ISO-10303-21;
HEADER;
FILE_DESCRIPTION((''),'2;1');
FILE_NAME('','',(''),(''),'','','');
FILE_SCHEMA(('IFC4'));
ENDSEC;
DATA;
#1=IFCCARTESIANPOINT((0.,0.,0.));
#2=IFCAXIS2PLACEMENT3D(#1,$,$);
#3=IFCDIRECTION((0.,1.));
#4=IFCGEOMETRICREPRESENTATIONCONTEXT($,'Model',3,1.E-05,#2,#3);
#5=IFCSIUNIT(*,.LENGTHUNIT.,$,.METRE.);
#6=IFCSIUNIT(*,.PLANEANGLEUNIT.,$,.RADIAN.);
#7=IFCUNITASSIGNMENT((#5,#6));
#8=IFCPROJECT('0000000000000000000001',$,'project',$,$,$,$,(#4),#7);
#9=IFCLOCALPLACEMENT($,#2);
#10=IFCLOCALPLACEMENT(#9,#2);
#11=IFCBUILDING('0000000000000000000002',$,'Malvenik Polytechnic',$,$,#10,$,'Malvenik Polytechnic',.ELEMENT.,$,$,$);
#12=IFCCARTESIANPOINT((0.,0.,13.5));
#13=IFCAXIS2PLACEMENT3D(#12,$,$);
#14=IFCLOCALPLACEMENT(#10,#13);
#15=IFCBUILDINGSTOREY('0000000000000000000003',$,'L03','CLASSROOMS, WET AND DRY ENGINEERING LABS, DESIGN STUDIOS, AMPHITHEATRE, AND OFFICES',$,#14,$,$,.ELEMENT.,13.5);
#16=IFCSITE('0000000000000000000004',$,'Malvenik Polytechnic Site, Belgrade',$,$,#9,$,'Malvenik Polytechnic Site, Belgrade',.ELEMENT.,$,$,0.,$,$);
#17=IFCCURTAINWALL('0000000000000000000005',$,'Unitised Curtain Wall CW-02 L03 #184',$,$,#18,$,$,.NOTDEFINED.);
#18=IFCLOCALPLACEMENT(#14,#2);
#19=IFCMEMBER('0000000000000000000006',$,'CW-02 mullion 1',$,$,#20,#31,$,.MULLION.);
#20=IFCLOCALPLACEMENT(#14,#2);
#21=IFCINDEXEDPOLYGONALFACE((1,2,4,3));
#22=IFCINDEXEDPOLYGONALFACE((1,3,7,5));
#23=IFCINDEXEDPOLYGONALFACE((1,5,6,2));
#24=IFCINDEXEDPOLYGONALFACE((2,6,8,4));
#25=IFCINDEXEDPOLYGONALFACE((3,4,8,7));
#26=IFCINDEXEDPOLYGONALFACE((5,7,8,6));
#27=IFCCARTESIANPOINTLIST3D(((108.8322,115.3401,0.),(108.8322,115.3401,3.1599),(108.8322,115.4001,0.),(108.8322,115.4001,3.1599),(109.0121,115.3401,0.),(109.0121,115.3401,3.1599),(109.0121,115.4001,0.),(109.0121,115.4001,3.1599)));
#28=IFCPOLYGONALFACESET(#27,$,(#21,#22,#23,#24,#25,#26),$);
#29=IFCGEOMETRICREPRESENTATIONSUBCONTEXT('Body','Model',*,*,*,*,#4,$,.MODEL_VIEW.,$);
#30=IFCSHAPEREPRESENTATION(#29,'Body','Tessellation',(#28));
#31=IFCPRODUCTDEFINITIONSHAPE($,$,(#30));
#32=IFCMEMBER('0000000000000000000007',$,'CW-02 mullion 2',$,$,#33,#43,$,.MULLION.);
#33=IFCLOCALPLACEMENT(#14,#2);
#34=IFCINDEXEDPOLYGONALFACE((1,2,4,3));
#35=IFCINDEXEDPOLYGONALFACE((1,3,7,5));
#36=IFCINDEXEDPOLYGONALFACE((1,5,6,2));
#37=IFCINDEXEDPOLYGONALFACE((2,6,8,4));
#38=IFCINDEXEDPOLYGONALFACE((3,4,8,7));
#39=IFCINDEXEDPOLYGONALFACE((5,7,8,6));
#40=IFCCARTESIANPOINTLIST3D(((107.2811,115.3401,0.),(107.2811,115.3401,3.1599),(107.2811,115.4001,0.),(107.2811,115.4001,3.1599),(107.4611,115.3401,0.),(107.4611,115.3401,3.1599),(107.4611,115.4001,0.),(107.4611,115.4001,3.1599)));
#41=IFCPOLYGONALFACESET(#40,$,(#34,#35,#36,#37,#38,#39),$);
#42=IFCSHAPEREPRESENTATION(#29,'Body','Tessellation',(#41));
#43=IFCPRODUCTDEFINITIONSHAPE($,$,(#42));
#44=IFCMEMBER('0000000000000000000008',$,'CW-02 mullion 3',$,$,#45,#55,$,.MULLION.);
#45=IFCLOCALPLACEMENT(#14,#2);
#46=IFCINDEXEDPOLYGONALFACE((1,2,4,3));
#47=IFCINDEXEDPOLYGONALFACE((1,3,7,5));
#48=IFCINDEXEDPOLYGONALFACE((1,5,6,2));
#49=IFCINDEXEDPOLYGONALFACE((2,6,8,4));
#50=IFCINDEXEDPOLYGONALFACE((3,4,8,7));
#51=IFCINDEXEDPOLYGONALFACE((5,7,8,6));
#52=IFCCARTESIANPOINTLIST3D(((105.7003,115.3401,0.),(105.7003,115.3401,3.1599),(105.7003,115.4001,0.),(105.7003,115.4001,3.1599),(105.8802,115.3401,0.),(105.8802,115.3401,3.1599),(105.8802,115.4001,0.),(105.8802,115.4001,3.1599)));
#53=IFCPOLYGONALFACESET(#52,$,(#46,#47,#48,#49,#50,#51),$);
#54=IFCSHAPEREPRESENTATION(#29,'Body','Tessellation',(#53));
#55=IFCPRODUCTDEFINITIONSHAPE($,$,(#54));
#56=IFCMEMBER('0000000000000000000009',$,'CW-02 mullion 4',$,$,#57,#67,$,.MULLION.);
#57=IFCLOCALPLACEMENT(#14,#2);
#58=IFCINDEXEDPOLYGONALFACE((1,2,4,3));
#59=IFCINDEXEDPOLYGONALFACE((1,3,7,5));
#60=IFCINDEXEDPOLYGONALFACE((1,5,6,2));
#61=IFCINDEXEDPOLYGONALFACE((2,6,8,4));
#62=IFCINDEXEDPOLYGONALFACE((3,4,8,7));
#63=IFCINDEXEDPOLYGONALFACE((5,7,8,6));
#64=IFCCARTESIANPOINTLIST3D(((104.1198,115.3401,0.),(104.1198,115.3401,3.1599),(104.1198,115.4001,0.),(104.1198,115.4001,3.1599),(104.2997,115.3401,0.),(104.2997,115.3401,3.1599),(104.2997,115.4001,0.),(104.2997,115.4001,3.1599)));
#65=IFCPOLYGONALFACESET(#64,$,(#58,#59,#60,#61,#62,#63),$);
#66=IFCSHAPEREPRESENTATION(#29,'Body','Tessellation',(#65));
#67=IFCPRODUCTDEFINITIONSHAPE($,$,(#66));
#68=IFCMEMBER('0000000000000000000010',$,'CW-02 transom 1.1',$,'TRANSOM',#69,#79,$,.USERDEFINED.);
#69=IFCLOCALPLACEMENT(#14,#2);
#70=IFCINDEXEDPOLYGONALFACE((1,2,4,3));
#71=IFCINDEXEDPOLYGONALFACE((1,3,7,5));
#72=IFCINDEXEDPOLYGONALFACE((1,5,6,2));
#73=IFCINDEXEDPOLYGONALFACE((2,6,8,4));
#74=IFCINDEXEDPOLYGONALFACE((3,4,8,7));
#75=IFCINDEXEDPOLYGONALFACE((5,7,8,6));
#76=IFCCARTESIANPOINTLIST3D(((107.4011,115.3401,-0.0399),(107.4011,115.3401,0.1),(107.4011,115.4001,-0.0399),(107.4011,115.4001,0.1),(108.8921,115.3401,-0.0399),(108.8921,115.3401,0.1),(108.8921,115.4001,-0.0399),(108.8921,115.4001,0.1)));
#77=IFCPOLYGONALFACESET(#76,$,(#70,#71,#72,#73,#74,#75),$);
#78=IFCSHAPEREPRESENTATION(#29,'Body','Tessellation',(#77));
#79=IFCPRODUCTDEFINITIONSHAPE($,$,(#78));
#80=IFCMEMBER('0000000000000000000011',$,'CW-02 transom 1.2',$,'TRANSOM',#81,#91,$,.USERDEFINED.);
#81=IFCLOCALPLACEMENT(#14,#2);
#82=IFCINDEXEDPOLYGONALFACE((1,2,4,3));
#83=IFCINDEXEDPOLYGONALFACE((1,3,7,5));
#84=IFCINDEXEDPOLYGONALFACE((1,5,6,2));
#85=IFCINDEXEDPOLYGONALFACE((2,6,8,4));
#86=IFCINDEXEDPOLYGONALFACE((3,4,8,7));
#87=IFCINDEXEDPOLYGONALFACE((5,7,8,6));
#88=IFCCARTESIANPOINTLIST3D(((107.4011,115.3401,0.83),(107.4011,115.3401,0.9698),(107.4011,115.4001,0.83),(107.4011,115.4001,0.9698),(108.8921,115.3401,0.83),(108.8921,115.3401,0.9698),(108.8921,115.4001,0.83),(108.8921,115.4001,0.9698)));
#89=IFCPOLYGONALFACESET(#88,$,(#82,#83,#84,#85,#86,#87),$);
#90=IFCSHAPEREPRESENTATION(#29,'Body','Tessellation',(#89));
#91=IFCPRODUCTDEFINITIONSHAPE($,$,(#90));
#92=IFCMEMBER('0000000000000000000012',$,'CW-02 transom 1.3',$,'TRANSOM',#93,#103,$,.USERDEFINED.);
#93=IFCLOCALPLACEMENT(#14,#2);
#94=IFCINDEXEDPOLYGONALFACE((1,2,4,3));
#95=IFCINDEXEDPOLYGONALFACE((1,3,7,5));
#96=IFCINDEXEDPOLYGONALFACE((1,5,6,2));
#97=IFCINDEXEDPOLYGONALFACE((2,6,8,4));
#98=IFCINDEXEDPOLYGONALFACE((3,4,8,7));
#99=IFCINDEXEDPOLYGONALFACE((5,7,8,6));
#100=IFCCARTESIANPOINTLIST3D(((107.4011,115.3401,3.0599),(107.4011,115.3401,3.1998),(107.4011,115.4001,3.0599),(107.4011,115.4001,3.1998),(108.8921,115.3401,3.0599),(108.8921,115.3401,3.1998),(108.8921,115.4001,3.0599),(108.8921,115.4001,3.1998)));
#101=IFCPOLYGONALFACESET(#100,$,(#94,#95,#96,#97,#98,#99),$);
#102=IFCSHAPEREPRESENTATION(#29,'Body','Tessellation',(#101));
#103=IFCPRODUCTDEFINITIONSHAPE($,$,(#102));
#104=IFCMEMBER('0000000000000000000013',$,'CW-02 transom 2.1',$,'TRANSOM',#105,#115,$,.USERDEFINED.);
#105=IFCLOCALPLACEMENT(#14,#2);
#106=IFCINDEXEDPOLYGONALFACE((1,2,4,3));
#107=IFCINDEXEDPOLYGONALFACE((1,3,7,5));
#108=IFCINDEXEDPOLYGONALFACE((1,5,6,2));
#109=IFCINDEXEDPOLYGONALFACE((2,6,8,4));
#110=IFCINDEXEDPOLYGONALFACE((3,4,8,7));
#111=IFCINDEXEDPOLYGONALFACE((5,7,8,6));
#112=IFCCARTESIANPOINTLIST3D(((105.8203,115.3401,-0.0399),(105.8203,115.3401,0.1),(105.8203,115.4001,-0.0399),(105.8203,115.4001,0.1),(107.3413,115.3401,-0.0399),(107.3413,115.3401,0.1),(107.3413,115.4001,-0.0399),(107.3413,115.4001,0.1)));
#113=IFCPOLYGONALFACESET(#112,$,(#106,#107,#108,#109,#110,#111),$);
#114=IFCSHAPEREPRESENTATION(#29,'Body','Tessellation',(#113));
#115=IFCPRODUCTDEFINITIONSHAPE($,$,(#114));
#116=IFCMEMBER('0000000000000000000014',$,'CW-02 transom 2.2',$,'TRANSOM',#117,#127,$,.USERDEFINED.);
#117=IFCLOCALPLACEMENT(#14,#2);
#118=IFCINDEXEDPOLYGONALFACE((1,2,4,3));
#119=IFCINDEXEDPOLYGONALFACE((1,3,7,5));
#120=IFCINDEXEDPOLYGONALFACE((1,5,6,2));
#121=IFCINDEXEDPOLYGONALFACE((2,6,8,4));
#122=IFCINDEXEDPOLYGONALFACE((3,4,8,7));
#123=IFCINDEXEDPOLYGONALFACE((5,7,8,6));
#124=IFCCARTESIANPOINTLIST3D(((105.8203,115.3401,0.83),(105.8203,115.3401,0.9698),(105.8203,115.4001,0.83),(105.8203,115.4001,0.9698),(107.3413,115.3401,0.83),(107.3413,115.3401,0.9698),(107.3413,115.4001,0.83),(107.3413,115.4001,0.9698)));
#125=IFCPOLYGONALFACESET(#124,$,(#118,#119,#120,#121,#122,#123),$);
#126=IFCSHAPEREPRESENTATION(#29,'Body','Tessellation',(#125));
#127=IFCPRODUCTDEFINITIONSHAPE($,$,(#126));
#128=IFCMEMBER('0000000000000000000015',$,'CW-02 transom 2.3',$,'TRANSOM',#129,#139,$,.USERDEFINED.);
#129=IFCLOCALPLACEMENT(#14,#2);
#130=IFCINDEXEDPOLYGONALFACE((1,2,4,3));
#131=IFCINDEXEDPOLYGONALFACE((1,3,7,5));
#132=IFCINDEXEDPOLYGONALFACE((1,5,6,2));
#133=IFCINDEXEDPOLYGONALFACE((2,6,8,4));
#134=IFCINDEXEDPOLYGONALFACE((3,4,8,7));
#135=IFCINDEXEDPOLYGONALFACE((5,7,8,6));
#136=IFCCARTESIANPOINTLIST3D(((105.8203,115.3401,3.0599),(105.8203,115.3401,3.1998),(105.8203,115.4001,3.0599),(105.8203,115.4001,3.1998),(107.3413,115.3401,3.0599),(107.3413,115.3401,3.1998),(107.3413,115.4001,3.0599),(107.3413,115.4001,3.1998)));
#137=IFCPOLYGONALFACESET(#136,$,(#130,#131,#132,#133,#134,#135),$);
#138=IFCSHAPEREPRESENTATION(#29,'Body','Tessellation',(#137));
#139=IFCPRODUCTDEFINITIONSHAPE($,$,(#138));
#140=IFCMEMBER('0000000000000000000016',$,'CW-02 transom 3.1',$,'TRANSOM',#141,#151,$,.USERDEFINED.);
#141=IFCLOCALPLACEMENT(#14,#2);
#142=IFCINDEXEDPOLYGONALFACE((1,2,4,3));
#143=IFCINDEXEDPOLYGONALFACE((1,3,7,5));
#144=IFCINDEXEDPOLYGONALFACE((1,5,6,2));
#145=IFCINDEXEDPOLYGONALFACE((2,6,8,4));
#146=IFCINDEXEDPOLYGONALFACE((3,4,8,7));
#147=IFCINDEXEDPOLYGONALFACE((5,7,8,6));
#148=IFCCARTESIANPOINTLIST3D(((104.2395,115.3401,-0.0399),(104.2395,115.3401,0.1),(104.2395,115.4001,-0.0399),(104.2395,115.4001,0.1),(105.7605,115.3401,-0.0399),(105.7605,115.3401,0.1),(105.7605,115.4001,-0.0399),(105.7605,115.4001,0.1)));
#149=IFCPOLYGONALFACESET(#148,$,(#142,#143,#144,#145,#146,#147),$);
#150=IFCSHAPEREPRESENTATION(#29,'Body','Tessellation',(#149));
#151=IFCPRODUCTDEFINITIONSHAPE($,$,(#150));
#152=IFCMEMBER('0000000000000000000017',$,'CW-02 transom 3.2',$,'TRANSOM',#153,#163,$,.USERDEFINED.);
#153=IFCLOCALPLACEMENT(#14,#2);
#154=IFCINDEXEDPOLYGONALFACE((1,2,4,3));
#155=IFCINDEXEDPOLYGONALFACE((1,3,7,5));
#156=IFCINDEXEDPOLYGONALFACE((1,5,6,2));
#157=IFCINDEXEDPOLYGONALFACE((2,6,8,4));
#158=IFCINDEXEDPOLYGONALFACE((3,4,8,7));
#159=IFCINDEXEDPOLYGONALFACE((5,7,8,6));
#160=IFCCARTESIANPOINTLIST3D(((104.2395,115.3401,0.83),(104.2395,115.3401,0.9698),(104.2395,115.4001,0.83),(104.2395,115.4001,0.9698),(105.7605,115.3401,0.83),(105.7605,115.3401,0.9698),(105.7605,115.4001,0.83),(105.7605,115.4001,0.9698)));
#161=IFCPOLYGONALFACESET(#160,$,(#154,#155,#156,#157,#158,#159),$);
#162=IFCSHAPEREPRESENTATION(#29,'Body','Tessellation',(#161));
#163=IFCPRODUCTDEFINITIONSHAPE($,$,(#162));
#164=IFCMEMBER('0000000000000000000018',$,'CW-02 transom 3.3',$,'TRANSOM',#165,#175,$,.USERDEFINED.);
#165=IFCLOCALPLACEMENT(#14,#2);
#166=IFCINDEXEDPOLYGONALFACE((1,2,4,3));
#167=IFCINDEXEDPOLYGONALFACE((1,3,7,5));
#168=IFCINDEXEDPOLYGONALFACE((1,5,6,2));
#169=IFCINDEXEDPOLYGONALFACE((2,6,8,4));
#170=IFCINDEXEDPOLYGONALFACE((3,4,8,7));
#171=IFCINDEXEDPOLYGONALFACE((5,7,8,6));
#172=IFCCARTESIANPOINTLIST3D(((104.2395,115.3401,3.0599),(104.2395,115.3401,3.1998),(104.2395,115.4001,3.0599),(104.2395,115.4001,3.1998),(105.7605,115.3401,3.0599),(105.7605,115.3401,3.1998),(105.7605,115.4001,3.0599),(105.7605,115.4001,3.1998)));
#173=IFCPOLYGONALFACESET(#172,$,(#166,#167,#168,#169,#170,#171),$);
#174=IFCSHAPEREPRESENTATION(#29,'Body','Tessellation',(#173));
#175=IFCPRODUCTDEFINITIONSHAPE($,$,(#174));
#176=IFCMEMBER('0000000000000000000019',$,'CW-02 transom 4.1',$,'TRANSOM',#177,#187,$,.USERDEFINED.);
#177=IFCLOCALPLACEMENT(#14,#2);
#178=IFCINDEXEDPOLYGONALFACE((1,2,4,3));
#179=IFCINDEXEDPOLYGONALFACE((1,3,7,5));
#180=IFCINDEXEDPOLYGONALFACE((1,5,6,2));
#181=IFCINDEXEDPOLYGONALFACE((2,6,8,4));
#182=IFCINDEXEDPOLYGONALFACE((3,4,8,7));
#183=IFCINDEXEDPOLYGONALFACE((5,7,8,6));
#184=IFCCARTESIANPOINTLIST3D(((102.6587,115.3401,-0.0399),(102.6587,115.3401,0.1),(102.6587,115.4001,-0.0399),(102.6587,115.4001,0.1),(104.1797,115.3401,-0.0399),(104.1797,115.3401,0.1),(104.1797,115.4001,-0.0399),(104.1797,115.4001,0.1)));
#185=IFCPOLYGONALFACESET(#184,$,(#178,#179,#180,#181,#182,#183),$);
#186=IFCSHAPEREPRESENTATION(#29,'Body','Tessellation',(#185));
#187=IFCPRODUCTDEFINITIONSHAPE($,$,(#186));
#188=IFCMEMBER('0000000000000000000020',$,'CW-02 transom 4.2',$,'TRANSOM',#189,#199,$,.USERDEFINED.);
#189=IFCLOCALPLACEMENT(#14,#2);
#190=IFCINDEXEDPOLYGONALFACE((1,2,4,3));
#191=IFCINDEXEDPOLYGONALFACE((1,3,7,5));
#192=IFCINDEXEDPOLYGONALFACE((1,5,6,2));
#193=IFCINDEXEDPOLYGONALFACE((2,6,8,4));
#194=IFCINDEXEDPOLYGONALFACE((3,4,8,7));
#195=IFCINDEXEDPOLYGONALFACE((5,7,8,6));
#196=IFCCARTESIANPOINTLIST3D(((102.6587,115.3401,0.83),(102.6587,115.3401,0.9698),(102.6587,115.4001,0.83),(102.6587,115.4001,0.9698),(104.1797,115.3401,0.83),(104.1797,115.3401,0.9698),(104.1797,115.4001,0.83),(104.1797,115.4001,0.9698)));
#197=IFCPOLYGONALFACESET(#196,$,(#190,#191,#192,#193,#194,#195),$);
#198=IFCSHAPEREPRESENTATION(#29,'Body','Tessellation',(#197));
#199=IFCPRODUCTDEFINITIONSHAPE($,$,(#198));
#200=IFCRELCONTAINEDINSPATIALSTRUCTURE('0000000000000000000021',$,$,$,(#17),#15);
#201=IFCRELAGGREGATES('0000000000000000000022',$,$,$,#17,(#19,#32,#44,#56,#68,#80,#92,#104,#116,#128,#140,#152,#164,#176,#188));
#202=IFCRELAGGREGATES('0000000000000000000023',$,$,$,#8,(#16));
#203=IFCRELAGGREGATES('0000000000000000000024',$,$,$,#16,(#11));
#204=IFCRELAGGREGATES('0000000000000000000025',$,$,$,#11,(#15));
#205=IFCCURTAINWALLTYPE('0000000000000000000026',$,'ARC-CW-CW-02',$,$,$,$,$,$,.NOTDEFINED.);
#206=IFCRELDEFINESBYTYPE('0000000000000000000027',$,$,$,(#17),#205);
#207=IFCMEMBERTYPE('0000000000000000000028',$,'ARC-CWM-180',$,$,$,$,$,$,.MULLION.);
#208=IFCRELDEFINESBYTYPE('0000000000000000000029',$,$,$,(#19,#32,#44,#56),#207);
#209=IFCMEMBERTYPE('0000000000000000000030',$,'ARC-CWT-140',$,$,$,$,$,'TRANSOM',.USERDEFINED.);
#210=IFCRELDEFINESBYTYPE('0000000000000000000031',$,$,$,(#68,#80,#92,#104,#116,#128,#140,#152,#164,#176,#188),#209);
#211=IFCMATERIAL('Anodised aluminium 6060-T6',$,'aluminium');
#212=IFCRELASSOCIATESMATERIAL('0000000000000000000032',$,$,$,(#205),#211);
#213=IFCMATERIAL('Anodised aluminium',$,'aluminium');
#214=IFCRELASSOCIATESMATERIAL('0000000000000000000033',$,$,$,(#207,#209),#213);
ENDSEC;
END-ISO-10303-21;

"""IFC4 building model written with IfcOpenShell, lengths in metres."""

from ifc_helpers import new_model, si_unit, direction, frame, origin, origin_2d, place, context, subcontext, project, spatial, rectangle, extrude, material, material_profile, profile_set, type_object, element, aggregate, save


model = new_model("IFC4")

# Units and contexts
model_context = context("Model", 3, precision=1e-05, world=origin(), true_north=direction((0.0, 1.0)))
body_context = subcontext(model_context, "Body", "Model", "MODEL_VIEW")
ifc_project = project(units=[si_unit("LENGTHUNIT", "METRE"), si_unit("PLANEANGLEUNIT", "RADIAN")], contexts=[model_context])

# Site, building, storey
site_placement = place(None, origin())
site = spatial("IfcSite", under=ifc_project, at=site_placement, Name="Malvenik Polytechnic Site, Belgrade", LongName="Malvenik Polytechnic Site, Belgrade", CompositionType="ELEMENT", RefElevation=0.0)
building_placement = place(site_placement, origin())
building = spatial("IfcBuilding", under=site, at=building_placement, Name="Malvenik Polytechnic", LongName="Malvenik Polytechnic", CompositionType="ELEMENT")
storey_placement = place(building_placement, frame((0.0, 0.0, 13.5)))
storey = spatial("IfcBuildingStorey", under=building, at=storey_placement, Name="L03", Description="CLASSROOMS, WET AND DRY ENGINEERING LABS, DESIGN STUDIOS, AMPHITHEATRE, AND OFFICES", CompositionType="ELEMENT", Elevation=13.5)

# Curtain wall, members
ifc_material_1 = material(Name="Anodised aluminium 6060-T6", Category="aluminium")
curtain_wall_type = type_object("IfcCurtainWallType", Name="ARC-CW-CW-02", PredefinedType="NOTDEFINED", material=ifc_material_1)
curtain_wall_placement = place(storey_placement, origin())
curtain_wall = element("IfcCurtainWall", 1, at=curtain_wall_placement, inside=storey, type_object=curtain_wall_type, Name="Unitised Curtain Wall CW-02 L03 #184", PredefinedType="NOTDEFINED")
ifc_material_2 = material(Name="Anodised aluminium", Category="aluminium")
ifc_material_profile_1 = material_profile(ifc_material_2, rectangle(XDim=0.0601, YDim=0.1799, at=origin_2d()), Name="ALU MULLION 60x180")
ifc_profile_set_1 = profile_set([ifc_material_profile_1], Name="Anodised aluminium")
member_type_1 = type_object("IfcMemberType", Name="ARC-CWM-180", PredefinedType="MULLION", material=ifc_profile_set_1)
member_1_placement = place(storey_placement, frame((108.9221, 115.3701, 0.0), z_axis=(0.0, 0.0, 1.0), x_axis=(0.0, -1.0, 0.0)))
member_1 = element("IfcMember", 2, at=member_1_placement, type_object=member_type_1, Name="CW-02 mullion 1", PredefinedType="MULLION", context=body_context, shape_type="SweptSolid", body=[
    extrude(rectangle(XDim=0.0601, YDim=0.1799, at=origin_2d()), origin(), (0.0, 0.0, 1.0), 3.1599),
])
member_2_placement = place(storey_placement, frame((107.3711, 115.3701, 0.0), z_axis=(0.0, 0.0, 1.0), x_axis=(0.0, -1.0, 0.0)))
member_2 = element("IfcMember", 3, at=member_2_placement, type_object=member_type_1, Name="CW-02 mullion 2", PredefinedType="MULLION", context=body_context, shape_type="SweptSolid", body=[
    extrude(rectangle(XDim=0.0601, YDim=0.1799, at=origin_2d()), origin(), (0.0, 0.0, 1.0), 3.1599),
])
member_3_placement = place(storey_placement, frame((105.7903, 115.3701, 0.0), z_axis=(0.0, 0.0, 1.0), x_axis=(0.0, -1.0, 0.0)))
member_3 = element("IfcMember", 4, at=member_3_placement, type_object=member_type_1, Name="CW-02 mullion 3", PredefinedType="MULLION", context=body_context, shape_type="SweptSolid", body=[
    extrude(rectangle(XDim=0.0601, YDim=0.1799, at=origin_2d()), origin(), (0.0, 0.0, 1.0), 3.1599),
])
member_4_placement = place(storey_placement, frame((104.2097, 115.3701, 0.0), z_axis=(0.0, 0.0, 1.0), x_axis=(0.0, -1.0, 0.0)))
member_4 = element("IfcMember", 5, at=member_4_placement, type_object=member_type_1, Name="CW-02 mullion 4", PredefinedType="MULLION", context=body_context, shape_type="SweptSolid", body=[
    extrude(rectangle(XDim=0.0601, YDim=0.1799, at=origin_2d()), origin(), (0.0, 0.0, 1.0), 3.1599),
])
ifc_material_profile_2 = material_profile(ifc_material_2, rectangle(XDim=0.0601, YDim=0.1399, at=origin_2d()), Name="ALU TRANSOM 60x140")
ifc_profile_set_2 = profile_set([ifc_material_profile_2], Name="Anodised aluminium")
member_type_2 = type_object("IfcMemberType", Name="ARC-CWT-140", ElementType="TRANSOM", PredefinedType="USERDEFINED", material=ifc_profile_set_2)
member_5_placement = place(storey_placement, frame((108.8921, 115.3701, 0.03), z_axis=(-1.0, 0.0, 0.0), x_axis=(0.0, -1.0, 0.0)))
member_5 = element("IfcMember", 6, at=member_5_placement, type_object=member_type_2, Name="CW-02 transom 1.1", ObjectType="TRANSOM", PredefinedType="USERDEFINED", context=body_context, shape_type="SweptSolid", body=[
    extrude(rectangle(XDim=0.0601, YDim=0.1399, at=origin_2d()), origin(), (0.0, 0.0, 1.0), 1.491),
])
member_6_placement = place(storey_placement, frame((108.8921, 115.3701, 0.8999), z_axis=(-1.0, 0.0, 0.0), x_axis=(0.0, -1.0, 0.0)))
member_6 = element("IfcMember", 7, at=member_6_placement, type_object=member_type_2, Name="CW-02 transom 1.2", ObjectType="TRANSOM", PredefinedType="USERDEFINED", context=body_context, shape_type="SweptSolid", body=[
    extrude(rectangle(XDim=0.0601, YDim=0.1399, at=origin_2d()), origin(), (0.0, 0.0, 1.0), 1.491),
])
member_7_placement = place(storey_placement, frame((108.8921, 115.3701, 3.1299), z_axis=(-1.0, 0.0, 0.0), x_axis=(0.0, -1.0, 0.0)))
member_7 = element("IfcMember", 8, at=member_7_placement, type_object=member_type_2, Name="CW-02 transom 1.3", ObjectType="TRANSOM", PredefinedType="USERDEFINED", context=body_context, shape_type="SweptSolid", body=[
    extrude(rectangle(XDim=0.0601, YDim=0.1399, at=origin_2d()), origin(), (0.0, 0.0, 1.0), 1.491),
])
member_8_placement = place(storey_placement, frame((107.3413, 115.3701, 0.03), z_axis=(-1.0, 0.0, 0.0), x_axis=(0.0, -1.0, 0.0)))
member_8 = element("IfcMember", 9, at=member_8_placement, type_object=member_type_2, Name="CW-02 transom 2.1", ObjectType="TRANSOM", PredefinedType="USERDEFINED", context=body_context, shape_type="SweptSolid", body=[
    extrude(rectangle(XDim=0.0601, YDim=0.1399, at=origin_2d()), origin(), (0.0, 0.0, 1.0), 1.521),
])
member_9_placement = place(storey_placement, frame((107.3413, 115.3701, 0.8999), z_axis=(-1.0, 0.0, 0.0), x_axis=(0.0, -1.0, 0.0)))
member_9 = element("IfcMember", 10, at=member_9_placement, type_object=member_type_2, Name="CW-02 transom 2.2", ObjectType="TRANSOM", PredefinedType="USERDEFINED", context=body_context, shape_type="SweptSolid", body=[
    extrude(rectangle(XDim=0.0601, YDim=0.1399, at=origin_2d()), origin(), (0.0, 0.0, 1.0), 1.521),
])
member_10_placement = place(storey_placement, frame((107.3413, 115.3701, 3.1299), z_axis=(-1.0, 0.0, 0.0), x_axis=(0.0, -1.0, 0.0)))
member_10 = element("IfcMember", 11, at=member_10_placement, type_object=member_type_2, Name="CW-02 transom 2.3", ObjectType="TRANSOM", PredefinedType="USERDEFINED", context=body_context, shape_type="SweptSolid", body=[
    extrude(rectangle(XDim=0.0601, YDim=0.1399, at=origin_2d()), origin(), (0.0, 0.0, 1.0), 1.521),
])
member_11_placement = place(storey_placement, frame((105.7605, 115.3701, 0.03), z_axis=(-1.0, 0.0, 0.0), x_axis=(0.0, -1.0, 0.0)))
member_11 = element("IfcMember", 12, at=member_11_placement, type_object=member_type_2, Name="CW-02 transom 3.1", ObjectType="TRANSOM", PredefinedType="USERDEFINED", context=body_context, shape_type="SweptSolid", body=[
    extrude(rectangle(XDim=0.0601, YDim=0.1399, at=origin_2d()), origin(), (0.0, 0.0, 1.0), 1.521),
])
member_12_placement = place(storey_placement, frame((105.7605, 115.3701, 0.8999), z_axis=(-1.0, 0.0, 0.0), x_axis=(0.0, -1.0, 0.0)))
member_12 = element("IfcMember", 13, at=member_12_placement, type_object=member_type_2, Name="CW-02 transom 3.2", ObjectType="TRANSOM", PredefinedType="USERDEFINED", context=body_context, shape_type="SweptSolid", body=[
    extrude(rectangle(XDim=0.0601, YDim=0.1399, at=origin_2d()), origin(), (0.0, 0.0, 1.0), 1.521),
])
member_13_placement = place(storey_placement, frame((105.7605, 115.3701, 3.1299), z_axis=(-1.0, 0.0, 0.0), x_axis=(0.0, -1.0, 0.0)))
member_13 = element("IfcMember", 14, at=member_13_placement, type_object=member_type_2, Name="CW-02 transom 3.3", ObjectType="TRANSOM", PredefinedType="USERDEFINED", context=body_context, shape_type="SweptSolid", body=[
    extrude(rectangle(XDim=0.0601, YDim=0.1399, at=origin_2d()), origin(), (0.0, 0.0, 1.0), 1.521),
])
member_14_placement = place(storey_placement, frame((104.1797, 115.3701, 0.03), z_axis=(-1.0, 0.0, 0.0), x_axis=(0.0, -1.0, 0.0)))
member_14 = element("IfcMember", 15, at=member_14_placement, type_object=member_type_2, Name="CW-02 transom 4.1", ObjectType="TRANSOM", PredefinedType="USERDEFINED", context=body_context, shape_type="SweptSolid", body=[
    extrude(rectangle(XDim=0.0601, YDim=0.1399, at=origin_2d()), origin(), (0.0, 0.0, 1.0), 1.521),
])
member_15_placement = place(storey_placement, frame((104.1797, 115.3701, 0.8999), z_axis=(-1.0, 0.0, 0.0), x_axis=(0.0, -1.0, 0.0)))
member_15 = element("IfcMember", 16, at=member_15_placement, type_object=member_type_2, Name="CW-02 transom 4.2", ObjectType="TRANSOM", PredefinedType="USERDEFINED", context=body_context, shape_type="SweptSolid", body=[
    extrude(rectangle(XDim=0.0601, YDim=0.1399, at=origin_2d()), origin(), (0.0, 0.0, 1.0), 1.521),
])

aggregate(curtain_wall, [member_1, member_2, member_3, member_4, member_5, member_6, member_7, member_8, member_9, member_10, member_11, member_12, member_13, member_14, member_15])

save(model, "model.ifc")
